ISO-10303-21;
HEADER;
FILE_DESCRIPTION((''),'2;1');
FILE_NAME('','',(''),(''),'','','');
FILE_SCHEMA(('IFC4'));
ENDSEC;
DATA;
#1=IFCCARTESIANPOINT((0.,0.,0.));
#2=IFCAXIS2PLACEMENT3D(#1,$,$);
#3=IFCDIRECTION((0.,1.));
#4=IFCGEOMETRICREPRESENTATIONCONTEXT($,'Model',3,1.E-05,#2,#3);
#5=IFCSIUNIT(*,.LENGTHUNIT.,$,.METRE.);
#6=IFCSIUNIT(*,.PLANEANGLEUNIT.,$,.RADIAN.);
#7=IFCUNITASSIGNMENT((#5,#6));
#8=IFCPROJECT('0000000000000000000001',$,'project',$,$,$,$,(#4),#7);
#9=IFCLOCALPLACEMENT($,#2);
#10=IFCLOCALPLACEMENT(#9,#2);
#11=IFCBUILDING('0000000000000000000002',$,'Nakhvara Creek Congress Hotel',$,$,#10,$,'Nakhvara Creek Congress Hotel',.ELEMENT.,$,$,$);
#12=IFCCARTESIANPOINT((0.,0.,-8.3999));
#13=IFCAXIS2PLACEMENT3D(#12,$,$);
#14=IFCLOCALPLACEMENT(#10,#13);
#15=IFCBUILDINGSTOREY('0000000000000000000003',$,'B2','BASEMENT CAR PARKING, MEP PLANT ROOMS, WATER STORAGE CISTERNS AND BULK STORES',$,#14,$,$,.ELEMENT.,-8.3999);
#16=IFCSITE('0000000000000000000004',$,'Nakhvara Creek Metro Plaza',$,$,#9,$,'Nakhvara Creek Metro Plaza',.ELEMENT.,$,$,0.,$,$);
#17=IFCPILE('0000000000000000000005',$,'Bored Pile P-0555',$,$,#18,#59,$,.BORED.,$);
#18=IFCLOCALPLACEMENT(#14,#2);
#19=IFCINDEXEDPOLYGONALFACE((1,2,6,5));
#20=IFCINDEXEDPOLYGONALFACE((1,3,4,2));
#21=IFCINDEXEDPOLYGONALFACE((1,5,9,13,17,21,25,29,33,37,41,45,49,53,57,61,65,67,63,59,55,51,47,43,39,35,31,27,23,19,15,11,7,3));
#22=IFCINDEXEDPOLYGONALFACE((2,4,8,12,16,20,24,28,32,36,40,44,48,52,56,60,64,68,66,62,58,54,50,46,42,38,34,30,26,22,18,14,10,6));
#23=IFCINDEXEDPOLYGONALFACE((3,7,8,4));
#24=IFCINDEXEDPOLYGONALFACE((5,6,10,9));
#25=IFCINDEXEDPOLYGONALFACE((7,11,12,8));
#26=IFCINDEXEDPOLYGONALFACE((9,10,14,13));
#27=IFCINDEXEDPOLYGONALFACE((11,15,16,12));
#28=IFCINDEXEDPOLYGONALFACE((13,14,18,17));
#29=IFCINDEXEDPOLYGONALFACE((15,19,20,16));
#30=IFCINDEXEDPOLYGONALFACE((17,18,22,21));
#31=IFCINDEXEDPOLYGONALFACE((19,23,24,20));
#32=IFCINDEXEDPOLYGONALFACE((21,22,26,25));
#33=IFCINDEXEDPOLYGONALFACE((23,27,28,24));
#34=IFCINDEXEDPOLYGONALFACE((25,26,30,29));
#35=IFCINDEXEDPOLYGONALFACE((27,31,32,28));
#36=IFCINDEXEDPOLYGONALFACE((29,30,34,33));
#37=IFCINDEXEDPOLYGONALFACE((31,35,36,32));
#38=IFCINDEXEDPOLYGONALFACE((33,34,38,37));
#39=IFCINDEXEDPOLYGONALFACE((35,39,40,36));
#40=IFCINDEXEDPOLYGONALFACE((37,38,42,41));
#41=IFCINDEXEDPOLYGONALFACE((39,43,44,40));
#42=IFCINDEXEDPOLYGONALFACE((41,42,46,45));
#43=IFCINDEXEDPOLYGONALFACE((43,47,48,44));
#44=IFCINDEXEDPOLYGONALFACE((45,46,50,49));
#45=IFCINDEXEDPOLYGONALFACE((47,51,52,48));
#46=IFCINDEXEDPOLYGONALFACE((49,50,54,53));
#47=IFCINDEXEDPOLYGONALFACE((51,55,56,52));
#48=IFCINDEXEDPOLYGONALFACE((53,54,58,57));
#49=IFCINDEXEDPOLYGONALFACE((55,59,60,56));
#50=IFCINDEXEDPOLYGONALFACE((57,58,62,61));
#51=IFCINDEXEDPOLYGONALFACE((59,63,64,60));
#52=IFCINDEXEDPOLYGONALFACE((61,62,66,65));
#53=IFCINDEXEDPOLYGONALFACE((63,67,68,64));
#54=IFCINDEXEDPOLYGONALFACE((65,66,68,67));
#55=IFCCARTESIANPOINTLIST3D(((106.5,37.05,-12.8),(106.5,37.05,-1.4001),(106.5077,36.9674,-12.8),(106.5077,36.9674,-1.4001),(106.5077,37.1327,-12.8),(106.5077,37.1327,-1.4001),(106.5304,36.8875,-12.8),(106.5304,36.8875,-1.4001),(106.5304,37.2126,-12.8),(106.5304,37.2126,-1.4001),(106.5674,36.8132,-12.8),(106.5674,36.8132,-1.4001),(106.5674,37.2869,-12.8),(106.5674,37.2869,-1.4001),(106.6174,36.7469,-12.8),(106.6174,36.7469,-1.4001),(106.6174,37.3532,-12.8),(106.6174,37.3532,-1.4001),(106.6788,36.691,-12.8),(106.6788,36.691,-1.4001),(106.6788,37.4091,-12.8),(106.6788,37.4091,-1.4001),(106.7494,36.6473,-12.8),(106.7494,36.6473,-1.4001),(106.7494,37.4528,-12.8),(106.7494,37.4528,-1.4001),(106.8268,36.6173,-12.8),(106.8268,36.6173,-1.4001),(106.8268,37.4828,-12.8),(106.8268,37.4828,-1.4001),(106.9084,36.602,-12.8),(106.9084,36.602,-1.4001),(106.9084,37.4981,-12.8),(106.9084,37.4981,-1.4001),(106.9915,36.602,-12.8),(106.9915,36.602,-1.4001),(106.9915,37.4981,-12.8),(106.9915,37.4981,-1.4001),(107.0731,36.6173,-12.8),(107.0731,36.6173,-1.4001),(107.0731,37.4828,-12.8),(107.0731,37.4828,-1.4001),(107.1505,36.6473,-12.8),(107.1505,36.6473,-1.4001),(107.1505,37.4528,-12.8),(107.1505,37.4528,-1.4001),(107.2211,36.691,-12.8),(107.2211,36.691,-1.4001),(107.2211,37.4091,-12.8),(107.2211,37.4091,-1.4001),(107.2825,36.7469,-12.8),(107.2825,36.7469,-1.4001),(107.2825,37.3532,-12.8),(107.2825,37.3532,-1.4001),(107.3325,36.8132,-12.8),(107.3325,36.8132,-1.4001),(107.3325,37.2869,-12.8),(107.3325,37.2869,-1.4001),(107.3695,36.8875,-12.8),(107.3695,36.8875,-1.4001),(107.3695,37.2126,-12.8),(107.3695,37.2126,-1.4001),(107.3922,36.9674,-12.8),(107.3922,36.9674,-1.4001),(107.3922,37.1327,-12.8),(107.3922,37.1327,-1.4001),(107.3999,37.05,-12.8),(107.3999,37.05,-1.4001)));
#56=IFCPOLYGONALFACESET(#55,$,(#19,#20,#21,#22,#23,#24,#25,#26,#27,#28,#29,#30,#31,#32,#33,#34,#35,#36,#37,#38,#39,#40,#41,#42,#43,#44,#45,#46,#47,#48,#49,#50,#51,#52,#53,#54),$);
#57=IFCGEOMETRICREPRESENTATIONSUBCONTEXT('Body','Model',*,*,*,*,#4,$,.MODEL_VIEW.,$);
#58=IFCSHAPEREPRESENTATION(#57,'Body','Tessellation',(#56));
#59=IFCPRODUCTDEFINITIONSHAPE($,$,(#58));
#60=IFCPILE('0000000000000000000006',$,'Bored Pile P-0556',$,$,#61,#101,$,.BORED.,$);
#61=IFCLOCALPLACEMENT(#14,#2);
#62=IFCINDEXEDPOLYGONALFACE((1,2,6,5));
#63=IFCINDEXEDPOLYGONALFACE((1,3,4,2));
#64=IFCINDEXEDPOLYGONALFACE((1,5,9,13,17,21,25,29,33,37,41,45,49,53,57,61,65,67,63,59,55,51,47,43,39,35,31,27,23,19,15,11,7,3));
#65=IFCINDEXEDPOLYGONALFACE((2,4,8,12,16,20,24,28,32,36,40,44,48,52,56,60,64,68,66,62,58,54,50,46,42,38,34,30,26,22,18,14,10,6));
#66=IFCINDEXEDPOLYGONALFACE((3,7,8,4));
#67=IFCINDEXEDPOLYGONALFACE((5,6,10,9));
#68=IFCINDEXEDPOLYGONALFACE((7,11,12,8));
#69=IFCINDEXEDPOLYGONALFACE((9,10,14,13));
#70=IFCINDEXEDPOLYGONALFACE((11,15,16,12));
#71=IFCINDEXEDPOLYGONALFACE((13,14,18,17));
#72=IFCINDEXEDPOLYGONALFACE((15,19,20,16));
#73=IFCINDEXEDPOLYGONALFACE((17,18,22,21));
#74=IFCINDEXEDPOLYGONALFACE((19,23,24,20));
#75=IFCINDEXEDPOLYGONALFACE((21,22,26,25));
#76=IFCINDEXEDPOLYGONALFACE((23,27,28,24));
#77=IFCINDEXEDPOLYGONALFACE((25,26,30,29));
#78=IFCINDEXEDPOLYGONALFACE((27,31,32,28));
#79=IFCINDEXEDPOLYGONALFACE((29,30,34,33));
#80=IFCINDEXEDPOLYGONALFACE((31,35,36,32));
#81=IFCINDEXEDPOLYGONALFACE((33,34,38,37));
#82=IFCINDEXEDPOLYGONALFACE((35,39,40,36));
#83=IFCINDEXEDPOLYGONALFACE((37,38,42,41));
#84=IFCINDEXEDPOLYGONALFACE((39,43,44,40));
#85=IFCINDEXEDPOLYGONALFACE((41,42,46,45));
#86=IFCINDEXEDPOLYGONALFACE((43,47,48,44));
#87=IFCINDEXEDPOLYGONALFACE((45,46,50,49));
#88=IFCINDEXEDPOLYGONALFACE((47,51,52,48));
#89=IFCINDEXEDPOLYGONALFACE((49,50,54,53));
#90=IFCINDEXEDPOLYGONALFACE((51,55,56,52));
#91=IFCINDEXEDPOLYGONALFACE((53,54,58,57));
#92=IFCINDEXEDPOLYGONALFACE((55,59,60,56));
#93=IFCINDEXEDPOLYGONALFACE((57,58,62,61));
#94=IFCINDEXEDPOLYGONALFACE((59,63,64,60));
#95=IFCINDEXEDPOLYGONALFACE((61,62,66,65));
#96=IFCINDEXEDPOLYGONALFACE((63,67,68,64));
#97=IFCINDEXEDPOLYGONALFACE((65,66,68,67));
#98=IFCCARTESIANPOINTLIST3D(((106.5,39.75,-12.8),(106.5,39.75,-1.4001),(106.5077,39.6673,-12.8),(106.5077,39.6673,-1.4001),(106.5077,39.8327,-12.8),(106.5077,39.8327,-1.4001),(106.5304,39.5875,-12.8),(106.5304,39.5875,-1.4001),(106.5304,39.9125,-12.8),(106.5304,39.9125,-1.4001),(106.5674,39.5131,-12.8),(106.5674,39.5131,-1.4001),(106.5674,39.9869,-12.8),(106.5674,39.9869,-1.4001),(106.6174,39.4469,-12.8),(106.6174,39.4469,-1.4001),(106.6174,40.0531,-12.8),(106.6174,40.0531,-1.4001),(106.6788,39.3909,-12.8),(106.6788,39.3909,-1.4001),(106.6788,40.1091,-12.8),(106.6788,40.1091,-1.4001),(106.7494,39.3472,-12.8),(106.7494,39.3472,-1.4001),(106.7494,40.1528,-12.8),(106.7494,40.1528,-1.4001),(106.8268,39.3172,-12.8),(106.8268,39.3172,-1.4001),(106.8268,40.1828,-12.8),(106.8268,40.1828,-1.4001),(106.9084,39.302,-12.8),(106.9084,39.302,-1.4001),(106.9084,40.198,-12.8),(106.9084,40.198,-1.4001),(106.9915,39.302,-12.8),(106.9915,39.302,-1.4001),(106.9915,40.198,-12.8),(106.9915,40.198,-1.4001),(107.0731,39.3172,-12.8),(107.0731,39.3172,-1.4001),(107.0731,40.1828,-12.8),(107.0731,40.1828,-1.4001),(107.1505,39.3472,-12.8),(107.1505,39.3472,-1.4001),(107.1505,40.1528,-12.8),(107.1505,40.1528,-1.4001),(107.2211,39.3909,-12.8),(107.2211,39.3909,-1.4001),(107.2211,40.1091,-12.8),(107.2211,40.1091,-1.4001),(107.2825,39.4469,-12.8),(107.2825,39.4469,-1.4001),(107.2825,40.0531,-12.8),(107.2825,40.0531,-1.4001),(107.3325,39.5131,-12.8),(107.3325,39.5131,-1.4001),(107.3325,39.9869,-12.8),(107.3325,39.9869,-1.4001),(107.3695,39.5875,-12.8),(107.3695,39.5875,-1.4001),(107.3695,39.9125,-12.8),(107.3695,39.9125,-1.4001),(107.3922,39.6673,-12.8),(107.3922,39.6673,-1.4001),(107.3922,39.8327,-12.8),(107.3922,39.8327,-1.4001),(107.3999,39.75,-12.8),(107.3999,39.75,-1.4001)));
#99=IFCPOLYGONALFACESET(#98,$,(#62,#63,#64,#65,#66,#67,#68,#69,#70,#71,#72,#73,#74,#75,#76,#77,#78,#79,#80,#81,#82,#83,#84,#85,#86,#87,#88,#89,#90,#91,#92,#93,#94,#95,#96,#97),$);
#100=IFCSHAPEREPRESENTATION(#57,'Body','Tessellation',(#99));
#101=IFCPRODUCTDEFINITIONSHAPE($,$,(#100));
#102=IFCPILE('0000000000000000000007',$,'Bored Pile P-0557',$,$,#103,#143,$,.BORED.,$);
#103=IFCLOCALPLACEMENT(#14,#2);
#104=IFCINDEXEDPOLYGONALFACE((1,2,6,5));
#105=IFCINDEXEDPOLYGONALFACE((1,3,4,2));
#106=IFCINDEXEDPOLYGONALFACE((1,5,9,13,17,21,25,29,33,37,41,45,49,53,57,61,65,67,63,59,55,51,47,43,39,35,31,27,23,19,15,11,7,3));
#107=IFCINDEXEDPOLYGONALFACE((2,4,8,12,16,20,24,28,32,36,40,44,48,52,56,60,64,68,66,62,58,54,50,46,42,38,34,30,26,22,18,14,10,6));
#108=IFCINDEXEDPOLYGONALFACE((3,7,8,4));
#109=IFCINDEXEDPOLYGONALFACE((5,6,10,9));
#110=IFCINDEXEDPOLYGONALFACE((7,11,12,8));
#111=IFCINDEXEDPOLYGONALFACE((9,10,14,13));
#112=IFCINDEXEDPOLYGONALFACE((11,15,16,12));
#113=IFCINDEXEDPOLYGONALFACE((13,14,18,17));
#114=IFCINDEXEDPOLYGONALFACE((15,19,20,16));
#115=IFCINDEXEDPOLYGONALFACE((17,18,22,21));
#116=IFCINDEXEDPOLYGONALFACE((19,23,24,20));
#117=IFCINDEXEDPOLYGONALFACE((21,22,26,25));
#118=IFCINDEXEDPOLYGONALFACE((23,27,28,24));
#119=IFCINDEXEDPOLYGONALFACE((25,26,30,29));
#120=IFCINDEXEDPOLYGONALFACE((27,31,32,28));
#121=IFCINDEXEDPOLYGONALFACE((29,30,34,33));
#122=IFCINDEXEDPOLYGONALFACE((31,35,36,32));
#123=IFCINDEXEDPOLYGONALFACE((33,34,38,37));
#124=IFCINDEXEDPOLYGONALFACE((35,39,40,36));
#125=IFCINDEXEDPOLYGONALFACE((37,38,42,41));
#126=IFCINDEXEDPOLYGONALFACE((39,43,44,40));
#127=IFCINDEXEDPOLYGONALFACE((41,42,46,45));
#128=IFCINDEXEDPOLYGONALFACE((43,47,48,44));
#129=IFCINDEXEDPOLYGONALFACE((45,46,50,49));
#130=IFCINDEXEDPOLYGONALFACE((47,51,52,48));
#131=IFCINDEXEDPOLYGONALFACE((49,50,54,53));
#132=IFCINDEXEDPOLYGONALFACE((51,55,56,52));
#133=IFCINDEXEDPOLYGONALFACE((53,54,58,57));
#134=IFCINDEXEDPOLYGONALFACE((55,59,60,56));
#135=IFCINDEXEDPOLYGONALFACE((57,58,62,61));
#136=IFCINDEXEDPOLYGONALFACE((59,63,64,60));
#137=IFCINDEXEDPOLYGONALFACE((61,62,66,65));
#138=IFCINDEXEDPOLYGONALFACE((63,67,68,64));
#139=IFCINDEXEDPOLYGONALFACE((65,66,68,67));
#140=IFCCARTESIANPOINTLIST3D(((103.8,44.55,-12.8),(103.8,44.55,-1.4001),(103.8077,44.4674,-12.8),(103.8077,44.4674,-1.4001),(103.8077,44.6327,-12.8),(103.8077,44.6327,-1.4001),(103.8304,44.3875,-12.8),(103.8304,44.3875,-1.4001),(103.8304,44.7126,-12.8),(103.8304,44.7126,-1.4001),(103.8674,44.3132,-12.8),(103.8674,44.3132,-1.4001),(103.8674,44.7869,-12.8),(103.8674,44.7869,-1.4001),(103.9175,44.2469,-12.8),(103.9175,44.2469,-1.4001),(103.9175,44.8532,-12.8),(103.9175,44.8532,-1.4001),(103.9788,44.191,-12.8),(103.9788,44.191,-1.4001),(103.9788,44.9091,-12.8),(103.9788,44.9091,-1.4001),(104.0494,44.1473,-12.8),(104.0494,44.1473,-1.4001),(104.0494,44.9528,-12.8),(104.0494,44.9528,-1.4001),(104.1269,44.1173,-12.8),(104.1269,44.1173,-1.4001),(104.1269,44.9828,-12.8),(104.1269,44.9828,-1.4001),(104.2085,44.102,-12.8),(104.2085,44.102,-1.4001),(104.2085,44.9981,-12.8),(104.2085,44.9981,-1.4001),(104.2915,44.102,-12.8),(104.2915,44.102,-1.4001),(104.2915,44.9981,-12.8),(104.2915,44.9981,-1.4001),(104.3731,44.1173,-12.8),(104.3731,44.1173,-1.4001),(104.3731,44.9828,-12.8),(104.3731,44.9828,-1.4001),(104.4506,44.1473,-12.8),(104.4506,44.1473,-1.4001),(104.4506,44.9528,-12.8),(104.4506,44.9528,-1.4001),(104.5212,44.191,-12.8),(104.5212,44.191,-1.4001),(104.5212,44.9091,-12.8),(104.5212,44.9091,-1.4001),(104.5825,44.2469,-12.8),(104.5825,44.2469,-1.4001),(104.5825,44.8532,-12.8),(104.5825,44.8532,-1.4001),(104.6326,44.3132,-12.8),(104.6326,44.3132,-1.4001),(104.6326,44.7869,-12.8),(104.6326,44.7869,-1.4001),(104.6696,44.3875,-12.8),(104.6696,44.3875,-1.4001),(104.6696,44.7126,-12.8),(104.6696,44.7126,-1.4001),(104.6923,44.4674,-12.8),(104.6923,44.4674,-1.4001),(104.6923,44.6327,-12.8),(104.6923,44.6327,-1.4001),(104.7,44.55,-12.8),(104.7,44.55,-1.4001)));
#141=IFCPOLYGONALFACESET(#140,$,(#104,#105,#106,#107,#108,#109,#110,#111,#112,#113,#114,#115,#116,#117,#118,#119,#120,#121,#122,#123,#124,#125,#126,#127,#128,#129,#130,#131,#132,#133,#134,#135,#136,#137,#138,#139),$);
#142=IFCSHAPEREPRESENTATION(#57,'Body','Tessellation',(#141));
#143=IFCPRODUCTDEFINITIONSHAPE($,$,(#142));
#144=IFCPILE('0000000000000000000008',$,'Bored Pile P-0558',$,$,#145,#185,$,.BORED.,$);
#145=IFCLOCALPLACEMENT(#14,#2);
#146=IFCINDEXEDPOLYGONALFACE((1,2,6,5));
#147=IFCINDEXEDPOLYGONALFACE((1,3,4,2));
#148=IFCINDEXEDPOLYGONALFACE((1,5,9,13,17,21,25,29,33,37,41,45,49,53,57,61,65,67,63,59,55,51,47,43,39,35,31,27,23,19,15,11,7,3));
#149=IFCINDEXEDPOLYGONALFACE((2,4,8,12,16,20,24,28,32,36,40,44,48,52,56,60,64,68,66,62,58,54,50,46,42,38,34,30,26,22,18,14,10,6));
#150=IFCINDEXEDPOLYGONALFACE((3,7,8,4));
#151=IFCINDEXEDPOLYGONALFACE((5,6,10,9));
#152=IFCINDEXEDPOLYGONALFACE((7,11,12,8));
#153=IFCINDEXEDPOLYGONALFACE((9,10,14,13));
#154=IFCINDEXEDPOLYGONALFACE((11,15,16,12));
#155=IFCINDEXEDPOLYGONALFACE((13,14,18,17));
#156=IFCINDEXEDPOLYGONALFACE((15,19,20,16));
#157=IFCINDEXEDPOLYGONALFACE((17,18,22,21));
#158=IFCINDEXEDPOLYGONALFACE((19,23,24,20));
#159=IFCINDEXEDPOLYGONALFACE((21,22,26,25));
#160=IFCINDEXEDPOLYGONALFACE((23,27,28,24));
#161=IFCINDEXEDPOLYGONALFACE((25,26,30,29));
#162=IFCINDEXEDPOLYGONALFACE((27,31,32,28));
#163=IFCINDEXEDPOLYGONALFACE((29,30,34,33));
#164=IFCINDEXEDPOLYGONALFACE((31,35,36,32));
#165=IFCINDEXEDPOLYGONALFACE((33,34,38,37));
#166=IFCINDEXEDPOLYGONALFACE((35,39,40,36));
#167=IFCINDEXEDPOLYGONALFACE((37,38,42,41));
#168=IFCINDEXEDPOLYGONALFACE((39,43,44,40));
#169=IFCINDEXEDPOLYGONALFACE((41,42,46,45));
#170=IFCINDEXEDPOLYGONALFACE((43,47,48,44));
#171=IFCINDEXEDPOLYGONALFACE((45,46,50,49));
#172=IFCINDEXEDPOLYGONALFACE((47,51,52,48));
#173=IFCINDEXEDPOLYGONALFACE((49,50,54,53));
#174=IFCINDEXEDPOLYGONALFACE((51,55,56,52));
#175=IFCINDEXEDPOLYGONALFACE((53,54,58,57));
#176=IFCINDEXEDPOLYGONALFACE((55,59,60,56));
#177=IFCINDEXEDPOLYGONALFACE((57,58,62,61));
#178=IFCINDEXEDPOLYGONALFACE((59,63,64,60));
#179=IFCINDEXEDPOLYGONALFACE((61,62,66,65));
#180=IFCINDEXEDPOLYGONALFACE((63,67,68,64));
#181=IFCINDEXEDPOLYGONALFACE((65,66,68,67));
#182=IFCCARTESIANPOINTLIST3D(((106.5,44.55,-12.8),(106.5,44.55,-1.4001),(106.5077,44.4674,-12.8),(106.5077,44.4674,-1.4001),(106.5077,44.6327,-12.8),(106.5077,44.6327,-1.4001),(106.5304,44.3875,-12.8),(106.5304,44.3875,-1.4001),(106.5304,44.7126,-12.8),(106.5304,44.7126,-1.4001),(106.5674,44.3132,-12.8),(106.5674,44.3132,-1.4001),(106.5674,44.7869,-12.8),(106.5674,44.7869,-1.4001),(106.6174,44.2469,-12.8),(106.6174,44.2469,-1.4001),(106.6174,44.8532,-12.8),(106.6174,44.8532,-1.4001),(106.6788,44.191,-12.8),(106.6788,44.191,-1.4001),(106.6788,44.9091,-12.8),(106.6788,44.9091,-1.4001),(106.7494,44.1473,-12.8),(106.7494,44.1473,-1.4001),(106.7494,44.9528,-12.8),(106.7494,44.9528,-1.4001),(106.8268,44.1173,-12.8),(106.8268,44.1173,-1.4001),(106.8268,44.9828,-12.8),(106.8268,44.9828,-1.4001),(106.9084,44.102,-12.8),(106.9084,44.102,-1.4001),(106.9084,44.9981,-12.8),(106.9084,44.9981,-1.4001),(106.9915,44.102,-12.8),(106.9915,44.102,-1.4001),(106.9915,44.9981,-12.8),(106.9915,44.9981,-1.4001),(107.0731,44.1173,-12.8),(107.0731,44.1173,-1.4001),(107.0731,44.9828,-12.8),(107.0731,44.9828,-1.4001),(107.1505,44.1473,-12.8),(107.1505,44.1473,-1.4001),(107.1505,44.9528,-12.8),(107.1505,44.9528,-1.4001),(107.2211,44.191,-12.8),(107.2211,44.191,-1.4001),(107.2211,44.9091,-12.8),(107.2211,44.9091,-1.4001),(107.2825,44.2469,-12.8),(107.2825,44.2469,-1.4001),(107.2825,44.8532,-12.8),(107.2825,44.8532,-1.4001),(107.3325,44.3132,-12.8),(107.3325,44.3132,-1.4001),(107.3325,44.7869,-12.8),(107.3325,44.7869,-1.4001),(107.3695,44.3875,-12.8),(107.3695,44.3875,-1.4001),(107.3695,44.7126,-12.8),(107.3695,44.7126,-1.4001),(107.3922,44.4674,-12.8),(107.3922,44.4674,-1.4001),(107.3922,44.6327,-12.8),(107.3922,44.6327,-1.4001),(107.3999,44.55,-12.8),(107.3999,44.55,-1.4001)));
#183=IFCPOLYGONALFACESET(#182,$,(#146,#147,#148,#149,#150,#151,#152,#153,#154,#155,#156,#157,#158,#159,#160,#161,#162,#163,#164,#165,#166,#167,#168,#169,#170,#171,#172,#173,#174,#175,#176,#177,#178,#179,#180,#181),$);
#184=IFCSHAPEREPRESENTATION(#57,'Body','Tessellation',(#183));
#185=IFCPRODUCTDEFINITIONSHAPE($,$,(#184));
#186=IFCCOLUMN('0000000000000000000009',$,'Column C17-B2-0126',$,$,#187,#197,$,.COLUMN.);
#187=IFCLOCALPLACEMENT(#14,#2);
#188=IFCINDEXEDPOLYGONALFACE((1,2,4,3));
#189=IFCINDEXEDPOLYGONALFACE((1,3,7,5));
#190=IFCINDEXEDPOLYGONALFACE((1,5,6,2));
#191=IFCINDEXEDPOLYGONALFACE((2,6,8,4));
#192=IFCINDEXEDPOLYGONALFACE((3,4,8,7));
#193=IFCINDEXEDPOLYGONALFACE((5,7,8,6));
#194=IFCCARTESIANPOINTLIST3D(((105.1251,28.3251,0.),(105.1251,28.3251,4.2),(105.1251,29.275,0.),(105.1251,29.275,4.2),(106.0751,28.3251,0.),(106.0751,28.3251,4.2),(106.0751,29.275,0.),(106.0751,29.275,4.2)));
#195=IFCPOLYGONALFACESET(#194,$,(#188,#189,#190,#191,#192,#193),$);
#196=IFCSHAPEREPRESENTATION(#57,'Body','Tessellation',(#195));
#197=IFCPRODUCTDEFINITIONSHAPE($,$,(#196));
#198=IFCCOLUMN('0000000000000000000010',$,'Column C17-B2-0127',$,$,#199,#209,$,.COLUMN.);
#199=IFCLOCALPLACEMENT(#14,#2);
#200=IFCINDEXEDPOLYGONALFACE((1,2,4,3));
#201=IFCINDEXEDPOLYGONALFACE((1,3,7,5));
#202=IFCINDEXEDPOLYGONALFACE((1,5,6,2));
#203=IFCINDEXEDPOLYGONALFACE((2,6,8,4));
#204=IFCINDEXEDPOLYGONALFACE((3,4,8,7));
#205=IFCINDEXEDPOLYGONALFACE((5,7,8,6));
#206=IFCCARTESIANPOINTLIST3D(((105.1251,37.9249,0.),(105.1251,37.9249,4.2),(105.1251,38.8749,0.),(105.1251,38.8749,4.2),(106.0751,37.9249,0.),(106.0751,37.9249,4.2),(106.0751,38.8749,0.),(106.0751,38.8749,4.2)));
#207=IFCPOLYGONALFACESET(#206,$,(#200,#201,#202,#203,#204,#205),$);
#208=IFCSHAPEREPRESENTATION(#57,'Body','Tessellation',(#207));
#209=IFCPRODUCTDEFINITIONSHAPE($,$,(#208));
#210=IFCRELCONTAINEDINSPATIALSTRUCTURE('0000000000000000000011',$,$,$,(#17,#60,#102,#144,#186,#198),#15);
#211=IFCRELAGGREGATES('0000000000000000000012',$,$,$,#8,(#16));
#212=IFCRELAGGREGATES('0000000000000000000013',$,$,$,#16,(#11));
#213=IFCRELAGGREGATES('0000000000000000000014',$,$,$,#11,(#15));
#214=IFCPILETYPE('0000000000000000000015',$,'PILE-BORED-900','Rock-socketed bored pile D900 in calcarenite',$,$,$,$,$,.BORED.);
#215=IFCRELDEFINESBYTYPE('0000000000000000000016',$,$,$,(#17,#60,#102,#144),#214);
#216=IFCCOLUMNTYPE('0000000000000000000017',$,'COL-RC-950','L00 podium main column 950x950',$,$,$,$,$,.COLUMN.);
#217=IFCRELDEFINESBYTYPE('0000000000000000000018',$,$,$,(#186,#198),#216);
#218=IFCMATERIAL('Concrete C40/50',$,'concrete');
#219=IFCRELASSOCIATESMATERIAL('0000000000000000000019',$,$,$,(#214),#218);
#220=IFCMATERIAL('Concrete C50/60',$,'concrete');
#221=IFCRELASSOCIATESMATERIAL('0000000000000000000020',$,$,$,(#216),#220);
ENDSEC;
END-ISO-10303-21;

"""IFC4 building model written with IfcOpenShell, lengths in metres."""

from ifc_helpers import new_model, si_unit, direction, frame, origin, origin_2d, place, context, subcontext, project, spatial, rectangle, circle, extrude, material, material_profile, profile_set, type_object, element, save


model = new_model("IFC4")

# Units and contexts
model_context = context("Model", 3, precision=1e-05, world=origin(), true_north=direction((0.0, 1.0)))
body_context = subcontext(model_context, "Body", "Model", "MODEL_VIEW")
ifc_project = project(units=[si_unit("LENGTHUNIT", "METRE"), si_unit("PLANEANGLEUNIT", "RADIAN")], contexts=[model_context])

# Site, building, storey
site_placement = place(None, origin())
site = spatial("IfcSite", under=ifc_project, at=site_placement, Name="Nakhvara Creek Metro Plaza", LongName="Nakhvara Creek Metro Plaza", CompositionType="ELEMENT", RefElevation=0.0)
building_placement = place(site_placement, origin())
building = spatial("IfcBuilding", under=site, at=building_placement, Name="Nakhvara Creek Congress Hotel", LongName="Nakhvara Creek Congress Hotel", CompositionType="ELEMENT")
storey_placement = place(building_placement, frame((0.0, 0.0, -8.3999)))
storey = spatial("IfcBuildingStorey", under=building, at=storey_placement, Name="B2", Description="BASEMENT CAR PARKING, MEP PLANT ROOMS, WATER STORAGE CISTERNS AND BULK STORES", CompositionType="ELEMENT", Elevation=-8.3999)

# Shared definitions
ifc_material_1 = material(Name="Concrete C40/50", Category="concrete")

# Piles
ifc_material_profile_1 = material_profile(ifc_material_1, circle(Radius=0.45, at=origin_2d()), Name="BORED PILE D900", Category="LoadBearing")
ifc_profile_set_1 = profile_set([ifc_material_profile_1], Name="Concrete C40/50")
pile_type = type_object("IfcPileType", Name="PILE-BORED-900", Description="Rock-socketed bored pile D900 in calcarenite", PredefinedType="BORED", material=ifc_profile_set_1)
for number, where, z_axis, x_axis, name in (
    (1, (106.95, 37.05, -1.4001), (0.0, 0.0, -1.0), (1.0, 0.0, 0.0), "Bored Pile P-0555"),
    (2, (106.95, 39.75, -1.4001), (0.0, 0.0, -1.0), (1.0, 0.0, 0.0), "Bored Pile P-0556"),
    (3, (104.25, 44.55, -1.4001), (0.0, 0.0, -1.0), (1.0, 0.0, 0.0), "Bored Pile P-0557"),
    (4, (106.95, 44.55, -1.4001), (0.0, 0.0, -1.0), (1.0, 0.0, 0.0), "Bored Pile P-0558"),
):
    element("IfcPile", number, at=place(storey_placement, frame(where, z_axis=z_axis, x_axis=x_axis)), inside=storey, type_object=pile_type, Name=name, PredefinedType="BORED", context=body_context, shape_type="SweptSolid", body=[
        extrude(circle(Radius=0.45, at=origin_2d()), origin(), (0.0, 0.0, 1.0), 11.3999),
    ])

# Columns
ifc_material_2 = material(Name="Concrete C50/60", Category="concrete")
ifc_material_profile_2 = material_profile(ifc_material_2, rectangle(XDim=0.95, YDim=0.95, at=origin_2d()), Name="RC-COL 950x950", Category="LoadBearing")
ifc_profile_set_2 = profile_set([ifc_material_profile_2], Name="Concrete C50/60")
column_type_1 = type_object("IfcColumnType", Name="COL-RC-950", Description="L00 podium main column 950x950", PredefinedType="COLUMN", material=ifc_profile_set_2)
for number, where, z_axis, x_axis, name in (
    (5, (105.6001, 28.8, 0.0), (0.0, 0.0, 1.0), (1.0, 0.0, 0.0), "Column C17-B2-0126"),
    (6, (105.6001, 38.3999, 0.0), (0.0, 0.0, 1.0), (1.0, 0.0, 0.0), "Column C17-B2-0127"),
):
    element("IfcColumn", number, at=place(storey_placement, frame(where, z_axis=z_axis, x_axis=x_axis)), inside=storey, type_object=column_type_1, Name=name, PredefinedType="COLUMN", context=body_context, shape_type="SweptSolid", body=[
        extrude(rectangle(XDim=0.95, YDim=0.95, at=origin_2d()), origin(), (0.0, 0.0, 1.0), 4.2),
    ])

save(model, "model.ifc")
